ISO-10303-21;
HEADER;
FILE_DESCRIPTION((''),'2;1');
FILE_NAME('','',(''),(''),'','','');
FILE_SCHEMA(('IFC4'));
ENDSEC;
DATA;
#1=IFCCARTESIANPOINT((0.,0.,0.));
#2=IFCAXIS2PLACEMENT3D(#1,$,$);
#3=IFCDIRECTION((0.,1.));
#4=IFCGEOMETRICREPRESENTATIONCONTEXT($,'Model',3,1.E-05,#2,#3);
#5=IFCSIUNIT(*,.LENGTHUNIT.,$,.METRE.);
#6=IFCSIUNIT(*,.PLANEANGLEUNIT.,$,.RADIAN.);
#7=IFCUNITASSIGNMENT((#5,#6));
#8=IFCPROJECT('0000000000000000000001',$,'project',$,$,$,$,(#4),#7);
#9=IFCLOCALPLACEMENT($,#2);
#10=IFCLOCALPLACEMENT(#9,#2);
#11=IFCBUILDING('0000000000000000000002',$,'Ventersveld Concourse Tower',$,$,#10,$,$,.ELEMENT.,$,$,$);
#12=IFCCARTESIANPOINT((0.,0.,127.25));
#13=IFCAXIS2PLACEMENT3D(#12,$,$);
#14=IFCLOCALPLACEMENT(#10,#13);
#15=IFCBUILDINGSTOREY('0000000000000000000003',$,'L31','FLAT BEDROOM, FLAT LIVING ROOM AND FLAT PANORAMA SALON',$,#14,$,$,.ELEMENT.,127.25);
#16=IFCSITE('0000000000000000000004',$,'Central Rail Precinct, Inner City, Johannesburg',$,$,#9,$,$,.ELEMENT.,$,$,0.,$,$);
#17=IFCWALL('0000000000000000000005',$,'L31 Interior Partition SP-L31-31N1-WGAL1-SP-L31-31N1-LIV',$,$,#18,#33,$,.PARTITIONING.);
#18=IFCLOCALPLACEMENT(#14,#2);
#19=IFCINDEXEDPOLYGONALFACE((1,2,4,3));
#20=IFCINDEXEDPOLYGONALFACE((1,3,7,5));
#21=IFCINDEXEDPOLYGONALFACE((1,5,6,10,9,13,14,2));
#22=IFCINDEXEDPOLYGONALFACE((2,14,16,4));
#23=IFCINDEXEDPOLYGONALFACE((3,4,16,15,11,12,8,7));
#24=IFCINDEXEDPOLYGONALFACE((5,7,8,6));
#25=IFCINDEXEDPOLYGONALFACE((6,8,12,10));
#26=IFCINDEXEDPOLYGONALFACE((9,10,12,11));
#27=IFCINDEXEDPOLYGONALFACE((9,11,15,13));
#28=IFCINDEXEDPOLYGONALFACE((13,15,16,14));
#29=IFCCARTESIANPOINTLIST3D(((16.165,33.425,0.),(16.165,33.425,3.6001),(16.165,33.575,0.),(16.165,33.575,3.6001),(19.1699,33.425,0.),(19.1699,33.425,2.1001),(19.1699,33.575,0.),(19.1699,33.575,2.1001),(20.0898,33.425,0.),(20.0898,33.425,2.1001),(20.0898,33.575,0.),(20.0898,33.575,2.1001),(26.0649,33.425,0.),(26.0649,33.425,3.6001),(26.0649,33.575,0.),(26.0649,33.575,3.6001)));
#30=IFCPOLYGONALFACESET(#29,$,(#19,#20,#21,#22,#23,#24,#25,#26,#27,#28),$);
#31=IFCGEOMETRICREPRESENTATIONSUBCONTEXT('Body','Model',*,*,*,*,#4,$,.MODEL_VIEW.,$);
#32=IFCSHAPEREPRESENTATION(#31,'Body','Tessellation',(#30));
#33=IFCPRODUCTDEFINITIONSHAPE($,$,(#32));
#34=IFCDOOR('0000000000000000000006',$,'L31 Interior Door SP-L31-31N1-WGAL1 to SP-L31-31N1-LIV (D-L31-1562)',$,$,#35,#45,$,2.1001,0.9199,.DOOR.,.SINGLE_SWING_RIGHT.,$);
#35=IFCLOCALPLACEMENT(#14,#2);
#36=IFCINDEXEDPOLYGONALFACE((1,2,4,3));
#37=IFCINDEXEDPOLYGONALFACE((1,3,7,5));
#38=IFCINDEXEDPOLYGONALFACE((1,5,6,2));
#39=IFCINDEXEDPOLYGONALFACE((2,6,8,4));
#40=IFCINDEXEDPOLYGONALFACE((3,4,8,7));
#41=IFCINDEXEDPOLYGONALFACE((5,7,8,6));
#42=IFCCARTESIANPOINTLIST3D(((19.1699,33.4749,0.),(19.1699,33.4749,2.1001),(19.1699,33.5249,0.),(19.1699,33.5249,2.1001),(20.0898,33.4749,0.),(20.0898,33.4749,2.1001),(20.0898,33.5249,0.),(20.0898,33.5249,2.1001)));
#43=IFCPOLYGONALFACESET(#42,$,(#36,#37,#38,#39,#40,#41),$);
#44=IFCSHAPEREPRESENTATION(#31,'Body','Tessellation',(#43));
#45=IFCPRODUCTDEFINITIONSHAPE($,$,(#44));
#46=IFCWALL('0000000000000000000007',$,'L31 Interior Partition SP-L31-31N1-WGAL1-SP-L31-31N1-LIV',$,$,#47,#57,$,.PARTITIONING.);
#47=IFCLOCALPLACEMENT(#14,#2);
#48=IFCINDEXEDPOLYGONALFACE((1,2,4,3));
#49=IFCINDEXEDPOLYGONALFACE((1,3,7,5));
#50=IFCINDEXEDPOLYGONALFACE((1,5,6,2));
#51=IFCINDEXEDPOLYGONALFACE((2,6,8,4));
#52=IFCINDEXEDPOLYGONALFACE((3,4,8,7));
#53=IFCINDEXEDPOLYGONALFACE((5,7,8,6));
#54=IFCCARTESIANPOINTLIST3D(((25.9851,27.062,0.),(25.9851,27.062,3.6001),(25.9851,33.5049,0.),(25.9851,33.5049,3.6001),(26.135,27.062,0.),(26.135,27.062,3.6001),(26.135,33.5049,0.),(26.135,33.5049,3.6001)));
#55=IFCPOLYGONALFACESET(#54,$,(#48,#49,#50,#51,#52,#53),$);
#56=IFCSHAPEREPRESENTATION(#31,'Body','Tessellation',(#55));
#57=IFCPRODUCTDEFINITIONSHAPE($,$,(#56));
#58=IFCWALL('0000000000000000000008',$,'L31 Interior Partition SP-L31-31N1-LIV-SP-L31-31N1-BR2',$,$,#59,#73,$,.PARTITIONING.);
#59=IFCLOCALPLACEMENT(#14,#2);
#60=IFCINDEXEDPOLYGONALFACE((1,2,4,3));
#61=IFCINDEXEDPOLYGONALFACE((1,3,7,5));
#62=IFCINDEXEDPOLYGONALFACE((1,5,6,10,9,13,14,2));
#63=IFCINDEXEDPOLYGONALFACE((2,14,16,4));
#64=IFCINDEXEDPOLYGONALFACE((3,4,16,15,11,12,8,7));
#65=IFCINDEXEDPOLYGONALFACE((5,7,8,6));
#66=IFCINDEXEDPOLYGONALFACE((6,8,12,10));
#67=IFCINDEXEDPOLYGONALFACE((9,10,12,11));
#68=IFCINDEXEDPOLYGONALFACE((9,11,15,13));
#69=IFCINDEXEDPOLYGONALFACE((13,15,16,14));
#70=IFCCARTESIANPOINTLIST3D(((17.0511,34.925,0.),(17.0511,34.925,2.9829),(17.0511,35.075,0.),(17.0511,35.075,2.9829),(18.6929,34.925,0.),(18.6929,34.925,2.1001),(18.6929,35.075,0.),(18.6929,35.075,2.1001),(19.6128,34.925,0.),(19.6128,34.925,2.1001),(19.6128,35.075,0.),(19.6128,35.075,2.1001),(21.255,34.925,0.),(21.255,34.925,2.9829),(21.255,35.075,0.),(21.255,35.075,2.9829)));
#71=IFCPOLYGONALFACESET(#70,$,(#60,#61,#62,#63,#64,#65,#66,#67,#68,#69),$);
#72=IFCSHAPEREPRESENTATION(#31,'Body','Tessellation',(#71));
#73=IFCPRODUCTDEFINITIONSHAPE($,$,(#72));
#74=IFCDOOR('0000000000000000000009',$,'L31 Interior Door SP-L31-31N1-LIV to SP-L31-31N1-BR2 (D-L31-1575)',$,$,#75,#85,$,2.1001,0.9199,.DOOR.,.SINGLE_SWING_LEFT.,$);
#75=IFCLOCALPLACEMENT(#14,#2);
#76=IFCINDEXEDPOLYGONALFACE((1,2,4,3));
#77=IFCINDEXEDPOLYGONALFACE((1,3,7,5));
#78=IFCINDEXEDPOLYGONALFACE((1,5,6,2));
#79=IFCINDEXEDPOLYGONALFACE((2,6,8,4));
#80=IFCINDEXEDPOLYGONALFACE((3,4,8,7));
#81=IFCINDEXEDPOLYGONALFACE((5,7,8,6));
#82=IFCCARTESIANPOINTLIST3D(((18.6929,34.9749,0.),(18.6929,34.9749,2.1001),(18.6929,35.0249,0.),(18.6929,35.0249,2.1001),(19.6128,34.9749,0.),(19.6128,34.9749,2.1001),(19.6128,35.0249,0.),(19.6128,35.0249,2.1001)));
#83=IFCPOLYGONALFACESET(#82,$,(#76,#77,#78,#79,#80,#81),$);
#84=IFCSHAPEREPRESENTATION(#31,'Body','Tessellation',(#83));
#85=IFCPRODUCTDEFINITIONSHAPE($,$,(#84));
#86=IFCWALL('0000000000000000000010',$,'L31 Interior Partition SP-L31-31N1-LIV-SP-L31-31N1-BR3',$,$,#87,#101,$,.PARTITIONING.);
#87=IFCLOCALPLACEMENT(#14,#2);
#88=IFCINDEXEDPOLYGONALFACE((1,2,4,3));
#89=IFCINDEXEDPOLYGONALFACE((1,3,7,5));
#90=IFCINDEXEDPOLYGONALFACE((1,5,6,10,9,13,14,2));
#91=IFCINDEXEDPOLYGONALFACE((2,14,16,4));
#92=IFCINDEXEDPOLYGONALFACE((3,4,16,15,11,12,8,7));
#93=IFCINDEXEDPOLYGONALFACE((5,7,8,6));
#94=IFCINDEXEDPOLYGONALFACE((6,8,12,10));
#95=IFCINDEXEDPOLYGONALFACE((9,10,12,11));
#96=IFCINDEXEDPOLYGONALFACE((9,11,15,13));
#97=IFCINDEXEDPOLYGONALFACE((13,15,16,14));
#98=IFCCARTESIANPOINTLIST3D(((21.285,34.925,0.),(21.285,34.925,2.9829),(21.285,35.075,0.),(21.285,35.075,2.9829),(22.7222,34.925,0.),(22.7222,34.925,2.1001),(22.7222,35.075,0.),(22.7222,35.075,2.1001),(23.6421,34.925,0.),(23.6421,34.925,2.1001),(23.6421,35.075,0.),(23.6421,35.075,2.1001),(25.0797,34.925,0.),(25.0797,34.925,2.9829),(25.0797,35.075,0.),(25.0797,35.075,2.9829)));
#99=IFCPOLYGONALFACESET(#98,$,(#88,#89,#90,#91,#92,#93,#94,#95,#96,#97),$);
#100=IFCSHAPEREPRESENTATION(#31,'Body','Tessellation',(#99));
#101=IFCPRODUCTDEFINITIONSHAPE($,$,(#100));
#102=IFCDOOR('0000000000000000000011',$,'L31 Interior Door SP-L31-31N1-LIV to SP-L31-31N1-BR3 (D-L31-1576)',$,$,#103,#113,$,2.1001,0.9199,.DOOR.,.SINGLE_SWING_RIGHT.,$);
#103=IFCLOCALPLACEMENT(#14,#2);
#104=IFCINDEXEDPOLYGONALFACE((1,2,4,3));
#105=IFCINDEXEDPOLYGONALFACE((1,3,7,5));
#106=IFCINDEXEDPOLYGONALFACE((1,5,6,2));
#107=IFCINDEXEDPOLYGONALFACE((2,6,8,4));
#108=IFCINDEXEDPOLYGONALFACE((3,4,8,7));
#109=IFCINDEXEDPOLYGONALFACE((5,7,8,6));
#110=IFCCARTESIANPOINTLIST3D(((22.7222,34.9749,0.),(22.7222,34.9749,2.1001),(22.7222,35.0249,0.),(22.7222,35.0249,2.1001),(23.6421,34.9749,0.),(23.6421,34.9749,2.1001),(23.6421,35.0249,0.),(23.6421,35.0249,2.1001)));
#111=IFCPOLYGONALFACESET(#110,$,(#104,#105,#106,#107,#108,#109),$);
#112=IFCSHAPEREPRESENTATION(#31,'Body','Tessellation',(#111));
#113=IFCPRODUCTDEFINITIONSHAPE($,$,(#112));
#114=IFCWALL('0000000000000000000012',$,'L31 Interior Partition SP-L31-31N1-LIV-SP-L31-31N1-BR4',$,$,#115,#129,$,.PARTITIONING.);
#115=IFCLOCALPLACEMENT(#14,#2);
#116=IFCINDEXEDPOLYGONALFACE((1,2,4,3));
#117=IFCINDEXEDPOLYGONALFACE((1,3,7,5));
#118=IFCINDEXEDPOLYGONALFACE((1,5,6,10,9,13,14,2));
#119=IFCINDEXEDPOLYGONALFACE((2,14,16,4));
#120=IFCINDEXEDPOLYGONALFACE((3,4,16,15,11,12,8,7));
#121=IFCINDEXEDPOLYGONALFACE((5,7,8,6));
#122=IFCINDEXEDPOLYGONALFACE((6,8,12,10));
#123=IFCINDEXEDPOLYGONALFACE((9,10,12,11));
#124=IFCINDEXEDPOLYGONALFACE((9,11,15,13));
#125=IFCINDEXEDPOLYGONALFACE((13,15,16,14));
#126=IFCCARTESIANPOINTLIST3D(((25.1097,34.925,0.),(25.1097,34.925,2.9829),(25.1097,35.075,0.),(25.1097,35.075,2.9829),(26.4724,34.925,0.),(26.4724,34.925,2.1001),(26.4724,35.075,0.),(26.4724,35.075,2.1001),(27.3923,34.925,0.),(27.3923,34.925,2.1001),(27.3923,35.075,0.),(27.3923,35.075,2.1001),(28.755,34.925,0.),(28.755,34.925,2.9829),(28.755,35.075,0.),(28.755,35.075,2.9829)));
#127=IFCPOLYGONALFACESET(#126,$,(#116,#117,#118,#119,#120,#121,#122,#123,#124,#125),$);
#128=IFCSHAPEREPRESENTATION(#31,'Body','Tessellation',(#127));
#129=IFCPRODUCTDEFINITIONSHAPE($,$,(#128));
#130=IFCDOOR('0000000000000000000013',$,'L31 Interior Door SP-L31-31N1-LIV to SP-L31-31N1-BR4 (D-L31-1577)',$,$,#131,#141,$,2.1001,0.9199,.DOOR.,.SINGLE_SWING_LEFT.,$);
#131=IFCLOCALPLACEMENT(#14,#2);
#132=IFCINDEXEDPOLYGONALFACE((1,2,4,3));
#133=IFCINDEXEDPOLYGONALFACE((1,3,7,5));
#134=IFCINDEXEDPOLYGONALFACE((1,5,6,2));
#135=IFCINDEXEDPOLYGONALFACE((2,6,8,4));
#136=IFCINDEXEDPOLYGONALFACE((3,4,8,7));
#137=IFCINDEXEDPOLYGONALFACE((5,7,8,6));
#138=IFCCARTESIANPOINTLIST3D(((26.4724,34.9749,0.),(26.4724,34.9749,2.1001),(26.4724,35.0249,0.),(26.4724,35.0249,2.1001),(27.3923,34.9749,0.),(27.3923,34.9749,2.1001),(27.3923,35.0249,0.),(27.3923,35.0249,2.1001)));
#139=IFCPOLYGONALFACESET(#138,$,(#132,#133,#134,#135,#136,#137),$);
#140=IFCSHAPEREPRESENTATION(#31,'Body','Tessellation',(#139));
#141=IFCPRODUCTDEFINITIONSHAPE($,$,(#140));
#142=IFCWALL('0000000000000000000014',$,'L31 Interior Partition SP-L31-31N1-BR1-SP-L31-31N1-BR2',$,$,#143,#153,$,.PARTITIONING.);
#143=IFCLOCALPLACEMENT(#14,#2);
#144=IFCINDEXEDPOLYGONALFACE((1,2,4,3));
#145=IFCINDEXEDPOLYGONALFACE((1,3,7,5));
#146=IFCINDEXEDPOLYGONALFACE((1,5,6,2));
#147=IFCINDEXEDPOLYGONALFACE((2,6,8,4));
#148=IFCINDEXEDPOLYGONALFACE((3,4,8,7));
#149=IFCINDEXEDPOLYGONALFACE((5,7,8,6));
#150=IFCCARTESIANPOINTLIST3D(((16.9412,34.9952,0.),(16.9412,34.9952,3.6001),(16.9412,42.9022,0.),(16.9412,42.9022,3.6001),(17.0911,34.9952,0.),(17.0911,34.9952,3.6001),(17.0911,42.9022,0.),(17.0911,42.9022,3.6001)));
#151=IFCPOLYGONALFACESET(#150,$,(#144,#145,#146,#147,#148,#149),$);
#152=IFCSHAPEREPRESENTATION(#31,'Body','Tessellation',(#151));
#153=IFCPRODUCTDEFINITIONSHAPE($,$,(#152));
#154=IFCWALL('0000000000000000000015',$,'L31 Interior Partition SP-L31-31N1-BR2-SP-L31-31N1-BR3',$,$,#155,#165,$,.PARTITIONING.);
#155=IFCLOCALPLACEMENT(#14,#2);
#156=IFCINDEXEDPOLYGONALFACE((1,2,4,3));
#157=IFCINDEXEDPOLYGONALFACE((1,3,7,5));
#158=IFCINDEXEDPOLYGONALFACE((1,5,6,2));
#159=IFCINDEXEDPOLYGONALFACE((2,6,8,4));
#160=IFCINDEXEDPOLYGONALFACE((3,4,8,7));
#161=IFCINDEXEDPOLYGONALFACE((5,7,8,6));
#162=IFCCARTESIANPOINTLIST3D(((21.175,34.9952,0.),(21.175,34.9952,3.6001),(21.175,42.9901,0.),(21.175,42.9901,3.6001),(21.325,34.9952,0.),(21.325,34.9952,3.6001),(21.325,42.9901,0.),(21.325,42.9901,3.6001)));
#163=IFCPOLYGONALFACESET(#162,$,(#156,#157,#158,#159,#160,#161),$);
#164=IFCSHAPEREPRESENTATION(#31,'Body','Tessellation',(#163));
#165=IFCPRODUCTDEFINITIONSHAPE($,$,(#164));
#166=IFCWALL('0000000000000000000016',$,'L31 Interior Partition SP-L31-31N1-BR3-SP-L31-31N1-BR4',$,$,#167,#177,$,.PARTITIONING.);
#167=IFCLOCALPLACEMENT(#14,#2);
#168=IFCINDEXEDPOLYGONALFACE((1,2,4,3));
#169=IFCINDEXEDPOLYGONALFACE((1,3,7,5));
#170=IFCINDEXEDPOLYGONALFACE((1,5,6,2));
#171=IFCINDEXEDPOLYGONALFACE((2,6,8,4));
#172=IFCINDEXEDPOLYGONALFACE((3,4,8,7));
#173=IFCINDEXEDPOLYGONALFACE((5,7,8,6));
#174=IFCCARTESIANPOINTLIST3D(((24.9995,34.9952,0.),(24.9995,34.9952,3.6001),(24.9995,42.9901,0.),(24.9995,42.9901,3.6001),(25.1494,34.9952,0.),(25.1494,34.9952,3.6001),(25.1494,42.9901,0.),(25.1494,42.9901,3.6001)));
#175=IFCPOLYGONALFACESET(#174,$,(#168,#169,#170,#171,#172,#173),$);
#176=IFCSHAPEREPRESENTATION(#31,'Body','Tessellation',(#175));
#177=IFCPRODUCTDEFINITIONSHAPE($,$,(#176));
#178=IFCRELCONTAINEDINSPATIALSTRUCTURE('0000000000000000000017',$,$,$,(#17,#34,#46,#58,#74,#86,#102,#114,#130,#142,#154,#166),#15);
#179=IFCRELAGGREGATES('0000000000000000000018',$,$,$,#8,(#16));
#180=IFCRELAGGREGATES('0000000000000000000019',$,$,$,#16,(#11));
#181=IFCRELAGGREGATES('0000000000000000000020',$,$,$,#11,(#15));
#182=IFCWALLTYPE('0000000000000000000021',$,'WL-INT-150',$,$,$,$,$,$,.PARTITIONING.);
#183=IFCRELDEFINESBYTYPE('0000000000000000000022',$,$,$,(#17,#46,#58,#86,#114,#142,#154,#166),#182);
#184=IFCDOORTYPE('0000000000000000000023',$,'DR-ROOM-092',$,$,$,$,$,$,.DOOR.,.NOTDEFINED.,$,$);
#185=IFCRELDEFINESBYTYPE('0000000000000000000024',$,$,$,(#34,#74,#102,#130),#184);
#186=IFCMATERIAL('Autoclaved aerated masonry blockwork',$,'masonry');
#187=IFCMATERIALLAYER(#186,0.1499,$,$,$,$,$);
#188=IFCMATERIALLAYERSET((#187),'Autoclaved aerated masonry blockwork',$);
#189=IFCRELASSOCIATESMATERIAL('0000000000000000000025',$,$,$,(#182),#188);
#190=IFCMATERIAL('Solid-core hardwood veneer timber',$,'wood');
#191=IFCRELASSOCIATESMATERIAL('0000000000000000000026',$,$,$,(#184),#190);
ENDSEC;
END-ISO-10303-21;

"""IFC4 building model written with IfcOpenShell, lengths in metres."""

from ifc_helpers import new_model, si_unit, direction, frame, frame_2d, origin, place, context, subcontext, project, spatial, rectangle, extrude, material, layer, layer_set, type_object, element, fill, save


model = new_model("IFC4")

# Units and contexts
model_context = context("Model", 3, precision=1e-05, world=origin(), true_north=direction((0.0, 1.0)))
body_context = subcontext(model_context, "Body", "Model", "MODEL_VIEW")
ifc_project = project(units=[si_unit("LENGTHUNIT", "METRE"), si_unit("PLANEANGLEUNIT", "RADIAN")], contexts=[model_context])

# Site, building, storey
site_placement = place(None, origin())
site = spatial("IfcSite", under=ifc_project, at=site_placement, Name="Central Rail Precinct, Inner City, Johannesburg", CompositionType="ELEMENT", RefElevation=0.0)
building_placement = place(site_placement, origin())
building = spatial("IfcBuilding", under=site, at=building_placement, Name="Ventersveld Concourse Tower", CompositionType="ELEMENT")
storey_placement = place(building_placement, frame((0.0, 0.0, 127.25)))
storey = spatial("IfcBuildingStorey", under=building, at=storey_placement, Name="L31", Description="FLAT BEDROOM, FLAT LIVING ROOM AND FLAT PANORAMA SALON", CompositionType="ELEMENT", Elevation=127.25)

# Wall, opening, door
ifc_material_1 = material(Name="Autoclaved aerated masonry blockwork", Category="masonry")
ifc_layer = layer(ifc_material_1, 0.1499)
ifc_layer_set = layer_set([ifc_layer], Name="Autoclaved aerated masonry blockwork")
wall_type = type_object("IfcWallType", Name="WL-INT-150", PredefinedType="PARTITIONING", material=ifc_layer_set)
wall_1_placement = place(storey_placement, frame((16.165, 33.5, 0.0), z_axis=(0.0, 0.0, 1.0), x_axis=(1.0, 0.0, 0.0)))
wall_1 = element("IfcWall", 1, at=wall_1_placement, inside=storey, type_object=wall_type, Name="L31 Interior Partition SP-L31-31N1-WGAL1-SP-L31-31N1-LIV", PredefinedType="PARTITIONING", context=body_context, shape_type="SweptSolid", body=[
    extrude(rectangle(XDim=9.8999, YDim=0.1499, at=frame_2d((4.95, 0.0))), origin(), (0.0, 0.0, 1.0), 3.6001),
])
opening_1_placement = place(wall_1_placement, frame((3.0049, 0.0, 0.0)))
opening_1 = element("IfcOpeningElement", 2, at=opening_1_placement, cuts=wall_1, PredefinedType="OPENING", context=body_context, shape_type="SweptSolid", body=[
    extrude(rectangle(XDim=0.9199, YDim=2.1001, at=frame_2d((0.46, 1.05))), frame((0.0, 0.085, 0.0), z_axis=(0.0, -1.0, 0.0), x_axis=(1.0, 0.0, 0.0)), (0.0, 0.0, 1.0), 0.1699),
])
ifc_material_2 = material(Name="Solid-core hardwood veneer timber", Category="wood")
door_type = type_object("IfcDoorType", Name="DR-ROOM-092", OperationType="NOTDEFINED", PredefinedType="DOOR", material=ifc_material_2)
door_1_placement = place(opening_1_placement, origin())
door_1 = element("IfcDoor", 3, at=door_1_placement, inside=storey, type_object=door_type, Name="L31 Interior Door SP-L31-31N1-WGAL1 to SP-L31-31N1-LIV (D-L31-1562)", OperationType="SINGLE_SWING_RIGHT", OverallHeight=2.1001, OverallWidth=0.9199, PredefinedType="DOOR", context=body_context, shape_type="SweptSolid", body=[
    extrude(rectangle(XDim=0.9199, YDim=2.1001, at=frame_2d((0.46, 1.05))), frame((0.0, 0.0249, 0.0), z_axis=(0.0, -1.0, 0.0), x_axis=(1.0, 0.0, 0.0)), (0.0, 0.0, 1.0), 0.05),
])
fill(opening_1, door_1)

# Wall
wall_2_placement = place(storey_placement, frame((26.0601, 27.062, 0.0), z_axis=(0.0, 0.0, 1.0), x_axis=(0.0, 1.0, 0.0)))
element("IfcWall", 4, at=wall_2_placement, inside=storey, type_object=wall_type, Name="L31 Interior Partition SP-L31-31N1-WGAL1-SP-L31-31N1-LIV", PredefinedType="PARTITIONING", context=body_context, shape_type="SweptSolid", body=[
    extrude(rectangle(XDim=6.4429, YDim=0.1499, at=frame_2d((3.2214, 0.0))), origin(), (0.0, 0.0, 1.0), 3.6001),
])

# Walls, openings, doors
wall_3_placement = place(storey_placement, frame((17.051, 35.0, 0.0), z_axis=(0.0, 0.0, 1.0), x_axis=(1.0, 0.0, 0.0)))
wall_3 = element("IfcWall", 5, at=wall_3_placement, inside=storey, type_object=wall_type, Name="L31 Interior Partition SP-L31-31N1-LIV-SP-L31-31N1-BR2", PredefinedType="PARTITIONING", context=body_context, shape_type="SweptSolid", body=[
    extrude(rectangle(XDim=4.2039, YDim=0.1499, at=frame_2d((2.1021, 0.0))), origin(), (0.0, 0.0, 1.0), 2.9829),
])
opening_2_placement = place(wall_3_placement, frame((1.6418, 0.0, 0.0)))
opening_2 = element("IfcOpeningElement", 6, at=opening_2_placement, cuts=wall_3, PredefinedType="OPENING", context=body_context, shape_type="SweptSolid", body=[
    extrude(rectangle(XDim=0.9199, YDim=2.1001, at=frame_2d((0.46, 1.05))), frame((0.0, 0.085, 0.0), z_axis=(0.0, -1.0, 0.0), x_axis=(1.0, 0.0, 0.0)), (0.0, 0.0, 1.0), 0.1699),
])
door_2_placement = place(opening_2_placement, origin())
door_2 = element("IfcDoor", 7, at=door_2_placement, inside=storey, type_object=door_type, Name="L31 Interior Door SP-L31-31N1-LIV to SP-L31-31N1-BR2 (D-L31-1575)", OperationType="SINGLE_SWING_LEFT", OverallHeight=2.1001, OverallWidth=0.9199, PredefinedType="DOOR", context=body_context, shape_type="SweptSolid", body=[
    extrude(rectangle(XDim=0.9199, YDim=2.1001, at=frame_2d((0.46, 1.05))), frame((0.0, 0.0249, 0.0), z_axis=(0.0, -1.0, 0.0), x_axis=(1.0, 0.0, 0.0)), (0.0, 0.0, 1.0), 0.05),
])
fill(opening_2, door_2)
wall_4_placement = place(storey_placement, frame((21.2849, 35.0, 0.0), z_axis=(0.0, 0.0, 1.0), x_axis=(1.0, 0.0, 0.0)))
wall_4 = element("IfcWall", 8, at=wall_4_placement, inside=storey, type_object=wall_type, Name="L31 Interior Partition SP-L31-31N1-LIV-SP-L31-31N1-BR3", PredefinedType="PARTITIONING", context=body_context, shape_type="SweptSolid", body=[
    extrude(rectangle(XDim=3.7947, YDim=0.1499, at=frame_2d((1.8975, 0.0))), origin(), (0.0, 0.0, 1.0), 2.9829),
])
opening_3_placement = place(wall_4_placement, frame((1.4373, 0.0, 0.0)))
opening_3 = element("IfcOpeningElement", 9, at=opening_3_placement, cuts=wall_4, PredefinedType="OPENING", context=body_context, shape_type="SweptSolid", body=[
    extrude(rectangle(XDim=0.9199, YDim=2.1001, at=frame_2d((0.46, 1.05))), frame((0.0, 0.085, 0.0), z_axis=(0.0, -1.0, 0.0), x_axis=(1.0, 0.0, 0.0)), (0.0, 0.0, 1.0), 0.1699),
])
door_3_placement = place(opening_3_placement, origin())
door_3 = element("IfcDoor", 10, at=door_3_placement, inside=storey, type_object=door_type, Name="L31 Interior Door SP-L31-31N1-LIV to SP-L31-31N1-BR3 (D-L31-1576)", OperationType="SINGLE_SWING_RIGHT", OverallHeight=2.1001, OverallWidth=0.9199, PredefinedType="DOOR", context=body_context, shape_type="SweptSolid", body=[
    extrude(rectangle(XDim=0.9199, YDim=2.1001, at=frame_2d((0.46, 1.05))), frame((0.0, 0.0249, 0.0), z_axis=(0.0, -1.0, 0.0), x_axis=(1.0, 0.0, 0.0)), (0.0, 0.0, 1.0), 0.05),
])
fill(opening_3, door_3)
wall_5_placement = place(storey_placement, frame((25.1096, 35.0, 0.0), z_axis=(0.0, 0.0, 1.0), x_axis=(1.0, 0.0, 0.0)))
wall_5 = element("IfcWall", 11, at=wall_5_placement, inside=storey, type_object=wall_type, Name="L31 Interior Partition SP-L31-31N1-LIV-SP-L31-31N1-BR4", PredefinedType="PARTITIONING", context=body_context, shape_type="SweptSolid", body=[
    extrude(rectangle(XDim=3.6453, YDim=0.1499, at=frame_2d((1.8228, 0.0))), origin(), (0.0, 0.0, 1.0), 2.9829),
])
opening_4_placement = place(wall_5_placement, frame((1.3628, 0.0, 0.0)))
opening_4 = element("IfcOpeningElement", 12, at=opening_4_placement, cuts=wall_5, PredefinedType="OPENING", context=body_context, shape_type="SweptSolid", body=[
    extrude(rectangle(XDim=0.9199, YDim=2.1001, at=frame_2d((0.46, 1.05))), frame((0.0, 0.085, 0.0), z_axis=(0.0, -1.0, 0.0), x_axis=(1.0, 0.0, 0.0)), (0.0, 0.0, 1.0), 0.1699),
])
door_4_placement = place(opening_4_placement, origin())
door_4 = element("IfcDoor", 13, at=door_4_placement, inside=storey, type_object=door_type, Name="L31 Interior Door SP-L31-31N1-LIV to SP-L31-31N1-BR4 (D-L31-1577)", OperationType="SINGLE_SWING_LEFT", OverallHeight=2.1001, OverallWidth=0.9199, PredefinedType="DOOR", context=body_context, shape_type="SweptSolid", body=[
    extrude(rectangle(XDim=0.9199, YDim=2.1001, at=frame_2d((0.46, 1.05))), frame((0.0, 0.0249, 0.0), z_axis=(0.0, -1.0, 0.0), x_axis=(1.0, 0.0, 0.0)), (0.0, 0.0, 1.0), 0.05),
])
fill(opening_4, door_4)

# Walls
wall_6_placement = place(storey_placement, frame((17.0161, 34.9951, 0.0), z_axis=(0.0, 0.0, 1.0), x_axis=(0.0, 1.0, 0.0)))
element("IfcWall", 14, at=wall_6_placement, inside=storey, type_object=wall_type, Name="L31 Interior Partition SP-L31-31N1-BR1-SP-L31-31N1-BR2", PredefinedType="PARTITIONING", context=body_context, shape_type="SweptSolid", body=[
    extrude(rectangle(XDim=7.907, YDim=0.1499, at=frame_2d((3.9536, 0.0))), origin(), (0.0, 0.0, 1.0), 3.6001),
])
for number, where, z_axis, x_axis, name in (
    (15, (21.25, 34.9951, 0.0), (0.0, 0.0, 1.0), (0.0, 1.0, 0.0), "L31 Interior Partition SP-L31-31N1-BR2-SP-L31-31N1-BR3"),
    (16, (25.0745, 34.9951, 0.0), (0.0, 0.0, 1.0), (0.0, 1.0, 0.0), "L31 Interior Partition SP-L31-31N1-BR3-SP-L31-31N1-BR4"),
):
    element("IfcWall", number, at=place(storey_placement, frame(where, z_axis=z_axis, x_axis=x_axis)), inside=storey, type_object=wall_type, Name=name, PredefinedType="PARTITIONING", context=body_context, shape_type="SweptSolid", body=[
        extrude(rectangle(XDim=7.9949, YDim=0.1499, at=frame_2d((3.9976, 0.0))), origin(), (0.0, 0.0, 1.0), 3.6001),
    ])

save(model, "model.ifc")
